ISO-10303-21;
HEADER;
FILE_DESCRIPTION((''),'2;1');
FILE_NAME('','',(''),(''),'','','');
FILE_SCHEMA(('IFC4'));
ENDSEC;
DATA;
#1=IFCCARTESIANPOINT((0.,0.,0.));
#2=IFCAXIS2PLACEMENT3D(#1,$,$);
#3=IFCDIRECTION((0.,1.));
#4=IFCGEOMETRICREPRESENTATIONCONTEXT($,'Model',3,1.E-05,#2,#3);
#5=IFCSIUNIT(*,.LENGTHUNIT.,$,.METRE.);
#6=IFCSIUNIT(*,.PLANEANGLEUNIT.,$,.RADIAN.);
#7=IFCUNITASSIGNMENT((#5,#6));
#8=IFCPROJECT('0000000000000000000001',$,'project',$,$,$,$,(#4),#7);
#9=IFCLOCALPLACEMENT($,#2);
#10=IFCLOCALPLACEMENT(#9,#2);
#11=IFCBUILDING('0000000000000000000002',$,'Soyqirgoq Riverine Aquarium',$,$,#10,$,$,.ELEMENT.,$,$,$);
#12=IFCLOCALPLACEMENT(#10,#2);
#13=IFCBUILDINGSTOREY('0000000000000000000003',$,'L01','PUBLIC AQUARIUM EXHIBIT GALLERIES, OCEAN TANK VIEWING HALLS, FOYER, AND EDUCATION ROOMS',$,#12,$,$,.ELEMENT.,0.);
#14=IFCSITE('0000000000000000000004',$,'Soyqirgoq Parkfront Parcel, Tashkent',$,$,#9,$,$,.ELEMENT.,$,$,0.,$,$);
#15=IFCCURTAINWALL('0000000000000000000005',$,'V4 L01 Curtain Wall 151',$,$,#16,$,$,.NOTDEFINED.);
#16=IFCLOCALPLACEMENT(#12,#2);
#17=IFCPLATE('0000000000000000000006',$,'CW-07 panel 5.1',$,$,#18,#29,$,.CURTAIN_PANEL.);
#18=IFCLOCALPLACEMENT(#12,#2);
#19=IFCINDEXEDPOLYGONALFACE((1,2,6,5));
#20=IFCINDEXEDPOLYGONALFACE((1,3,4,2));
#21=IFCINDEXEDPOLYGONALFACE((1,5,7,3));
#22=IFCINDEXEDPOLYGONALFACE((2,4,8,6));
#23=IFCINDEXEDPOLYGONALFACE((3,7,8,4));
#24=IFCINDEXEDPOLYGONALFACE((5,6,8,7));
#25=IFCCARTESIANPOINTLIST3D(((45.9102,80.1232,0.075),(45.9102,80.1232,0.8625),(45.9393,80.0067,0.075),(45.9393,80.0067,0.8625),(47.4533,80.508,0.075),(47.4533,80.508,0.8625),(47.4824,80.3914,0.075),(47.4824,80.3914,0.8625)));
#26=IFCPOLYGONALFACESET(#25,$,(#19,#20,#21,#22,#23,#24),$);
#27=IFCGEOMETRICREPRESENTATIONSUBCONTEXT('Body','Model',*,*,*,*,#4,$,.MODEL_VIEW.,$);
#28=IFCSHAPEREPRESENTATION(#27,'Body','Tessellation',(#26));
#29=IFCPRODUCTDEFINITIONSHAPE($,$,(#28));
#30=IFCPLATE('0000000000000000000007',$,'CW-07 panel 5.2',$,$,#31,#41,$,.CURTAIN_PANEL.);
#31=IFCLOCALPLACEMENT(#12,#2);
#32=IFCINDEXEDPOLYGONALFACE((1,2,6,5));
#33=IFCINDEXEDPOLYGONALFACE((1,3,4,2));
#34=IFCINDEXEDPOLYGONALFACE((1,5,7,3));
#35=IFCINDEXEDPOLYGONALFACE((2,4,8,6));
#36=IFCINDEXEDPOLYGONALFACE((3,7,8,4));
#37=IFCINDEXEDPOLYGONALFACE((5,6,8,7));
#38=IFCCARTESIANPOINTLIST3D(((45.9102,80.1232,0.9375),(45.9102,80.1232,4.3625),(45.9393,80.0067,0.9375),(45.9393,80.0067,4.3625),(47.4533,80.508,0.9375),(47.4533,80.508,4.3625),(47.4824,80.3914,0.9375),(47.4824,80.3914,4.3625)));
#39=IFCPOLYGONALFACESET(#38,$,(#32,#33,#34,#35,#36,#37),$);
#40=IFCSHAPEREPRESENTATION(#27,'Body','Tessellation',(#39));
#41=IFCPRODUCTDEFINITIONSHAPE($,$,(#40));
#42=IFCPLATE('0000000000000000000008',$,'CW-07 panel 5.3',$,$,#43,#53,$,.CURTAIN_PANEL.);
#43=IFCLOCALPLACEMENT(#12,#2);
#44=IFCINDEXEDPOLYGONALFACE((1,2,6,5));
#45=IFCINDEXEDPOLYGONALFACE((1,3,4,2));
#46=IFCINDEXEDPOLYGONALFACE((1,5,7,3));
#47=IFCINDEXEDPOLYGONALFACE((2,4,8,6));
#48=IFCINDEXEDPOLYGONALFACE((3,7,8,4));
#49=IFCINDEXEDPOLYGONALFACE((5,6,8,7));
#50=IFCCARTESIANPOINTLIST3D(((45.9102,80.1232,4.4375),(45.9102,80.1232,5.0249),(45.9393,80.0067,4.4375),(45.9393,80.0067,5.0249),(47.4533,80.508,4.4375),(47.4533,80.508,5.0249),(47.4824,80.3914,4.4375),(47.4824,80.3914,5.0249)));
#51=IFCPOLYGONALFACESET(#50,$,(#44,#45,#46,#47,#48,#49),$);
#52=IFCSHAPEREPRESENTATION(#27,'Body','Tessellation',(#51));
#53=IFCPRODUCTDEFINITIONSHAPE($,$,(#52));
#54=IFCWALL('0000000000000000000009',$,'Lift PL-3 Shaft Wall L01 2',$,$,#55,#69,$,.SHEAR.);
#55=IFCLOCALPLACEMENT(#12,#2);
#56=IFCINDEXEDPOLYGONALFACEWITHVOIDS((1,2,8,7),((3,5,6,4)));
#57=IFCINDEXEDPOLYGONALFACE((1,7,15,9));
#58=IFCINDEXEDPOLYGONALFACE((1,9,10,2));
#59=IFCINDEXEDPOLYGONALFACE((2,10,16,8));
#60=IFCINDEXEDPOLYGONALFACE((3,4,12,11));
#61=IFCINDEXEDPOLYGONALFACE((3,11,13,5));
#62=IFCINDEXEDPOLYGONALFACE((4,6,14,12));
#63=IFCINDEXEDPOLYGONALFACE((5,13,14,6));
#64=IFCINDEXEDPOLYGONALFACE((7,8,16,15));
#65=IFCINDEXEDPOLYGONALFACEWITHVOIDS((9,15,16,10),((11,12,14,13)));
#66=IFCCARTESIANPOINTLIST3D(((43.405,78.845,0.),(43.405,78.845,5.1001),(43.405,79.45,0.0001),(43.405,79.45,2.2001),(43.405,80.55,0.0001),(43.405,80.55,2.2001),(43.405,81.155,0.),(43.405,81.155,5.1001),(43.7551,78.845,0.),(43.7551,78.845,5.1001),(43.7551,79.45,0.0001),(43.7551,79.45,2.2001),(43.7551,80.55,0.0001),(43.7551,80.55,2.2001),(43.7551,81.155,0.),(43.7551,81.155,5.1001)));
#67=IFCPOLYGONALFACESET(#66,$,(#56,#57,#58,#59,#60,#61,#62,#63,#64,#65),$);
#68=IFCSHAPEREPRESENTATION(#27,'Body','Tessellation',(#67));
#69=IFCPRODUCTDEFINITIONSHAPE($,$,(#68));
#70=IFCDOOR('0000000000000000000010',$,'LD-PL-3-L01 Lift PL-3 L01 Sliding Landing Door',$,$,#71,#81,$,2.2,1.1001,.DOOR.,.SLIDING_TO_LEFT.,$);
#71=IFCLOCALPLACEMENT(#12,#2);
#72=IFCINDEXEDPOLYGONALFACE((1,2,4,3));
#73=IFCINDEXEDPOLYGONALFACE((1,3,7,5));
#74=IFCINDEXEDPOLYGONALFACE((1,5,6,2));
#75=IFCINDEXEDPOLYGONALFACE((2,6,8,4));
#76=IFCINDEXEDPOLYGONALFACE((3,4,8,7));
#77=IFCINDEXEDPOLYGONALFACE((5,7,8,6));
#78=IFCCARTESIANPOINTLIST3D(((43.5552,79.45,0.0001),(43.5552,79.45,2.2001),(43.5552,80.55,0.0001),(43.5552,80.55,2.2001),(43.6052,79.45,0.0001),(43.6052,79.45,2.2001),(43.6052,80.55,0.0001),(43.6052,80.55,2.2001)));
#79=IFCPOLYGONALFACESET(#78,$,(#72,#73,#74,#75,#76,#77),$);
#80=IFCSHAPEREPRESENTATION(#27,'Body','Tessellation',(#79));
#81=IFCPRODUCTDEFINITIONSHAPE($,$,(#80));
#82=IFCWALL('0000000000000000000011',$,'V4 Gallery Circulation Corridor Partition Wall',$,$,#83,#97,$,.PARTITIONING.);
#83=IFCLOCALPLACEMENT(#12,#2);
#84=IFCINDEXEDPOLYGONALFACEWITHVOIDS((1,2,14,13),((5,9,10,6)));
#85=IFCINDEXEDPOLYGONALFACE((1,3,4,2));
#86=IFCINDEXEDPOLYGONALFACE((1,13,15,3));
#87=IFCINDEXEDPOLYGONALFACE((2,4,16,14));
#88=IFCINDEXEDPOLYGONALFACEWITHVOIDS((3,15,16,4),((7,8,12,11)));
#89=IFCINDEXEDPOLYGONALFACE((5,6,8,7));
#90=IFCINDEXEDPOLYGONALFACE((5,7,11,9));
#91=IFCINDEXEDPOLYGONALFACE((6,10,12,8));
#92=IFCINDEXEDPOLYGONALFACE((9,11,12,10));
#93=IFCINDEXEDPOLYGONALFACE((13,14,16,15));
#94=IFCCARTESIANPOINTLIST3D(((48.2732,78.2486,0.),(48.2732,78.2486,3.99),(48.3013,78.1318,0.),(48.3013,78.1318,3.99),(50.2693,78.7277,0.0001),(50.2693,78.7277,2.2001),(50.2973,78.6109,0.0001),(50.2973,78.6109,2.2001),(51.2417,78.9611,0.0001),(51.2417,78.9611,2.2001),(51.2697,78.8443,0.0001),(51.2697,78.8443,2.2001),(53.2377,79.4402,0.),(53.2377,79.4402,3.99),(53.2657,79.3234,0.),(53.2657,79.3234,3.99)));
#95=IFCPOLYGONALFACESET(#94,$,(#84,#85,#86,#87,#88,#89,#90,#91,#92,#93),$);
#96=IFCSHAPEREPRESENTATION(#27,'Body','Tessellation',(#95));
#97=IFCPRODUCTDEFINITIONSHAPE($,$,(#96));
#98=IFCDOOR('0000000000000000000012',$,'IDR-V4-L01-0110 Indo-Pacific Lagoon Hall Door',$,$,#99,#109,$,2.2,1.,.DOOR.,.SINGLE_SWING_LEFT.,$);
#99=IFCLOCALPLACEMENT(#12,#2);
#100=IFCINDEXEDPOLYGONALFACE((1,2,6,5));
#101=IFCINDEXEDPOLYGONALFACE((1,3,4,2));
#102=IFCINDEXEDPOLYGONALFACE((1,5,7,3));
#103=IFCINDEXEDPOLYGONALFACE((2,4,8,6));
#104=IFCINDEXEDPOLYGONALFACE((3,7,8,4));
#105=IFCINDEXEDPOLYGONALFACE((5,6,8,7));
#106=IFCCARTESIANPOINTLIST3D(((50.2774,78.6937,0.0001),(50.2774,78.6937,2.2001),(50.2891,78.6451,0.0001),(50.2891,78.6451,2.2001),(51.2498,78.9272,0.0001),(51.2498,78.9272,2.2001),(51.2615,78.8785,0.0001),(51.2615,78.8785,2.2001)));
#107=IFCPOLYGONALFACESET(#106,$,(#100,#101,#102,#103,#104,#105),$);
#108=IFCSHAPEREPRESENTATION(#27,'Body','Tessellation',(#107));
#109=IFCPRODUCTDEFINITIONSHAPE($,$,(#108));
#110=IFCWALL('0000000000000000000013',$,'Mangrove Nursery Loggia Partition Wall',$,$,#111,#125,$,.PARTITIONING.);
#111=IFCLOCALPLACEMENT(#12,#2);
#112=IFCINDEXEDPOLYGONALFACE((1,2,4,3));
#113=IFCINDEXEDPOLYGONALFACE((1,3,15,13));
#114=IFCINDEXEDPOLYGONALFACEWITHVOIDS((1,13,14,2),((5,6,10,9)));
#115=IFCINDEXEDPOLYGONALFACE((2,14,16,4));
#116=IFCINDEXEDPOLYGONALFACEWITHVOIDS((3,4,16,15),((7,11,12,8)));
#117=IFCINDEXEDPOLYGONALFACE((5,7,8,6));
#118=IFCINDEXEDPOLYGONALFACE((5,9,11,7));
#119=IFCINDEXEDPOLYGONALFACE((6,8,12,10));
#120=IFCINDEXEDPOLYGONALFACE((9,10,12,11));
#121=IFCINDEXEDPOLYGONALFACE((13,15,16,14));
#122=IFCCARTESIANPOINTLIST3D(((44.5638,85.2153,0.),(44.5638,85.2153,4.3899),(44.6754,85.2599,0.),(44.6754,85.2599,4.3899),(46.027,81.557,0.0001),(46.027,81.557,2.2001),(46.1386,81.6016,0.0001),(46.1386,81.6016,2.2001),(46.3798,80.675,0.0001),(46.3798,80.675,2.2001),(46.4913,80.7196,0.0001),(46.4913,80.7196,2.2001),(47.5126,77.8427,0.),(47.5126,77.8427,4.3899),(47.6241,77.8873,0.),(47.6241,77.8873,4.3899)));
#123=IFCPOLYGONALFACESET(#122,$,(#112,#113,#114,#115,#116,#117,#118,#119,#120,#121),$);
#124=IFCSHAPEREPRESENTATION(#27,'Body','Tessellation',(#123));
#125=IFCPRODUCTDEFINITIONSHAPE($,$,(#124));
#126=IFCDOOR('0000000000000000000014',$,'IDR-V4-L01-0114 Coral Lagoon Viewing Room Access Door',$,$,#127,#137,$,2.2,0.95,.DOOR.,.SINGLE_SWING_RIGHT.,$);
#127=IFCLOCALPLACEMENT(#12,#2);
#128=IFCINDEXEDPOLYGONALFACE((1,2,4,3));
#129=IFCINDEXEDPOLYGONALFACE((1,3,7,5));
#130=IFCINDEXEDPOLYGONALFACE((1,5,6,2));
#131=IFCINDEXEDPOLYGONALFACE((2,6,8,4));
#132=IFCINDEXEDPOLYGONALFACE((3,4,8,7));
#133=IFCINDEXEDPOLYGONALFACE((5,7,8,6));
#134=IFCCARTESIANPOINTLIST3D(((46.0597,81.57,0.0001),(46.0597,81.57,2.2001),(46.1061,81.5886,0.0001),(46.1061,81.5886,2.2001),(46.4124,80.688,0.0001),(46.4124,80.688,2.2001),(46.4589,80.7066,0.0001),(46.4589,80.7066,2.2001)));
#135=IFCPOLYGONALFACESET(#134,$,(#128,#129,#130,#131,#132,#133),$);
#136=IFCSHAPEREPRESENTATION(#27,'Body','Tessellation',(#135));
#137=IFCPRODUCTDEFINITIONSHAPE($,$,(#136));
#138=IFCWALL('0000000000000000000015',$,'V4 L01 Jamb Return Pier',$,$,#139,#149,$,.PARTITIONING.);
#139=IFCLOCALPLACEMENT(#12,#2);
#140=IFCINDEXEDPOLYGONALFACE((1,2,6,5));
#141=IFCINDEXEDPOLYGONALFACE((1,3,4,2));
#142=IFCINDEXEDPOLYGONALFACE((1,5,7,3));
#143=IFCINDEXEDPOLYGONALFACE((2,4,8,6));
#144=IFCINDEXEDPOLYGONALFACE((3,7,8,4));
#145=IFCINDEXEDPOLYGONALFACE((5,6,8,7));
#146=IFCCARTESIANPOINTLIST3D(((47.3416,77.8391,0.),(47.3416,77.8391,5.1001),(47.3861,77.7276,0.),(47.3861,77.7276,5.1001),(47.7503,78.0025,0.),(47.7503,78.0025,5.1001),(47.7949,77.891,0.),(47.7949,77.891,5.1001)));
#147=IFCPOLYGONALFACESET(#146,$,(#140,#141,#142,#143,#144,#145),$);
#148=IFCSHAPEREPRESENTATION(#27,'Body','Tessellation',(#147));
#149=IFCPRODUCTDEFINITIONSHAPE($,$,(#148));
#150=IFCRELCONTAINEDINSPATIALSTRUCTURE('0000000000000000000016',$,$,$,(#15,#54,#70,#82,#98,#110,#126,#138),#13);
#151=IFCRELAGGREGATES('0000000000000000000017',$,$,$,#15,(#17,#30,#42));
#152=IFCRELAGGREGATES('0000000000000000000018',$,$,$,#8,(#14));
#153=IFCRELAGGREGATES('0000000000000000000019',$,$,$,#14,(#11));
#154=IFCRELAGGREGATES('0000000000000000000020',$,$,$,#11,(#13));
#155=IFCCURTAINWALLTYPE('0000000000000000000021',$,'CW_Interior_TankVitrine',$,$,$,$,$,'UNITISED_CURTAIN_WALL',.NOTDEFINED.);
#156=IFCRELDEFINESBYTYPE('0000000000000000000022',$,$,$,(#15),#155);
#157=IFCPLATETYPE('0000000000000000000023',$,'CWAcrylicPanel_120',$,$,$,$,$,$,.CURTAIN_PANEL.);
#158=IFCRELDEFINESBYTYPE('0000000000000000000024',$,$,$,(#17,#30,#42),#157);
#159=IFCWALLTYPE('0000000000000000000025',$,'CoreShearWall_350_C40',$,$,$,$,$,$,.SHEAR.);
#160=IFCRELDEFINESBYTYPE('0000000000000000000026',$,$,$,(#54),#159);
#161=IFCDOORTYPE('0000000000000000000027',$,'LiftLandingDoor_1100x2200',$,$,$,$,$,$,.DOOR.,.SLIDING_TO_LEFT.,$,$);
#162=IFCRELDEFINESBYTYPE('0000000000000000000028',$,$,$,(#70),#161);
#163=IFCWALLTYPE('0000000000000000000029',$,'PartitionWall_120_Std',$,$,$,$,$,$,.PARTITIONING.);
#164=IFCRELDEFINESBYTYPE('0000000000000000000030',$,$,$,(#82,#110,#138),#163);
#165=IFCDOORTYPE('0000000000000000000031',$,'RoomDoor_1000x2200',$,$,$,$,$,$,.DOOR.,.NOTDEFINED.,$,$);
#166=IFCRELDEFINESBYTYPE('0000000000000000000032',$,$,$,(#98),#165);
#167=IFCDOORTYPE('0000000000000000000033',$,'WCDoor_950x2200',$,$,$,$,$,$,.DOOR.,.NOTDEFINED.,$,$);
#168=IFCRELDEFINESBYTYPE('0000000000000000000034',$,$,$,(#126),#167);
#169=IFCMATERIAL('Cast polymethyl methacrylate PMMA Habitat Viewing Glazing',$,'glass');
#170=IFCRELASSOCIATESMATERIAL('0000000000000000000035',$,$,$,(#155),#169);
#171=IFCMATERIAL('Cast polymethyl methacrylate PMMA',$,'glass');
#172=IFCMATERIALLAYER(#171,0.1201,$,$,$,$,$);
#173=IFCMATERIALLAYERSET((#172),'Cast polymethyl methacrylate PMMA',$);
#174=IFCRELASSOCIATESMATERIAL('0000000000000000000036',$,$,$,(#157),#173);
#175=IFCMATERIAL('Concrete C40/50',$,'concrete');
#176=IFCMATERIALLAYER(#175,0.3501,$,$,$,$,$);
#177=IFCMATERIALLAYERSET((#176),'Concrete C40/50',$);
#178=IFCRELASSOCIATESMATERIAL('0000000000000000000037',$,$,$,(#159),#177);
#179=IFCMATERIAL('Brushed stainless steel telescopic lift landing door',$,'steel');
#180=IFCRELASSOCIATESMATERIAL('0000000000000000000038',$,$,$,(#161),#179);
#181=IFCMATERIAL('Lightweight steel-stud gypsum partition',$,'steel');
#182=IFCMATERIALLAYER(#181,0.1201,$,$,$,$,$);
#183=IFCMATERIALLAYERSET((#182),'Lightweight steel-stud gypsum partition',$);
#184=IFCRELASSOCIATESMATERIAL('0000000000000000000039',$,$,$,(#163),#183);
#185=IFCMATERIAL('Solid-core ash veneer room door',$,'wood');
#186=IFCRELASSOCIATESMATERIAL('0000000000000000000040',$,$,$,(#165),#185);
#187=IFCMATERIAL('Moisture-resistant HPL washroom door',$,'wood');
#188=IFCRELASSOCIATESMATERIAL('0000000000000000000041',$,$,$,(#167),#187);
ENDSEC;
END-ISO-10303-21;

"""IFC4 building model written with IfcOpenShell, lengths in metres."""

from ifc_helpers import new_model, si_unit, direction, frame, frame_2d, origin, origin_2d, place, context, subcontext, project, spatial, rectangle, extrude, material, layer, layer_set, type_object, element, fill, aggregate, save


model = new_model("IFC4")

# Units and contexts
model_context = context("Model", 3, precision=1e-05, world=origin(), true_north=direction((0.0, 1.0)))
body_context = subcontext(model_context, "Body", "Model", "MODEL_VIEW")
ifc_project = project(units=[si_unit("LENGTHUNIT", "METRE"), si_unit("PLANEANGLEUNIT", "RADIAN")], contexts=[model_context])

# Site, building, storey
site_placement = place(None, origin())
site = spatial("IfcSite", under=ifc_project, at=site_placement, Name="Soyqirgoq Parkfront Parcel, Tashkent", CompositionType="ELEMENT", RefElevation=0.0)
building_placement = place(site_placement, origin())
building = spatial("IfcBuilding", under=site, at=building_placement, Name="Soyqirgoq Riverine Aquarium", CompositionType="ELEMENT")
storey_placement = place(building_placement, origin())
storey = spatial("IfcBuildingStorey", under=building, at=storey_placement, Name="L01", Description="PUBLIC AQUARIUM EXHIBIT GALLERIES, OCEAN TANK VIEWING HALLS, FOYER, AND EDUCATION ROOMS", CompositionType="ELEMENT", Elevation=0.0)

# Curtain wall
ifc_material_1 = material(Name="Cast polymethyl methacrylate PMMA Habitat Viewing Glazing", Category="glass")
curtain_wall_type = type_object("IfcCurtainWallType", Name="CW_Interior_TankVitrine", ElementType="UNITISED_CURTAIN_WALL", PredefinedType="NOTDEFINED", material=ifc_material_1)
curtain_wall_placement = place(storey_placement, origin())
curtain_wall = element("IfcCurtainWall", 1, at=curtain_wall_placement, inside=storey, type_object=curtain_wall_type, Name="V4 L01 Curtain Wall 151", PredefinedType="NOTDEFINED")

# Plates
ifc_material_2 = material(Name="Cast polymethyl methacrylate PMMA", Category="glass")
ifc_layer_1 = layer(ifc_material_2, 0.1201)
ifc_layer_set_1 = layer_set([ifc_layer_1], Name="Cast polymethyl methacrylate PMMA")
plate_type = type_object("IfcPlateType", Name="CWAcrylicPanel_120", PredefinedType="CURTAIN_PANEL", material=ifc_layer_set_1)
plate_1_placement = place(storey_placement, frame((46.6963, 80.2573, 0.075), z_axis=(0.0, 0.0, 1.0), x_axis=(-0.970296, -0.241922, 0.0)))
plate_1 = element("IfcPlate", 2, at=plate_1_placement, type_object=plate_type, Name="CW-07 panel 5.1", PredefinedType="CURTAIN_PANEL", context=body_context, shape_type="SweptSolid", body=[
    extrude(rectangle(XDim=1.5903, YDim=0.1201, at=origin_2d()), origin(), (0.0, 0.0, 1.0), 0.7876),
])
plate_2_placement = place(storey_placement, frame((46.6963, 80.2573, 0.9375), z_axis=(0.0, 0.0, 1.0), x_axis=(-0.970296, -0.241922, 0.0)))
plate_2 = element("IfcPlate", 3, at=plate_2_placement, type_object=plate_type, Name="CW-07 panel 5.2", PredefinedType="CURTAIN_PANEL", context=body_context, shape_type="SweptSolid", body=[
    extrude(rectangle(XDim=1.5903, YDim=0.1201, at=origin_2d()), origin(), (0.0, 0.0, 1.0), 3.425),
])
plate_3_placement = place(storey_placement, frame((46.6963, 80.2573, 4.4375), z_axis=(0.0, 0.0, 1.0), x_axis=(-0.970296, -0.241922, 0.0)))
plate_3 = element("IfcPlate", 4, at=plate_3_placement, type_object=plate_type, Name="CW-07 panel 5.3", PredefinedType="CURTAIN_PANEL", context=body_context, shape_type="SweptSolid", body=[
    extrude(rectangle(XDim=1.5903, YDim=0.1201, at=origin_2d()), origin(), (0.0, 0.0, 1.0), 0.5874),
])
aggregate(curtain_wall, [plate_1, plate_2, plate_3])

# Walls, openings, doors
ifc_material_3 = material(Name="Concrete C40/50", Category="concrete")
ifc_layer_2 = layer(ifc_material_3, 0.3501)
ifc_layer_set_2 = layer_set([ifc_layer_2], Name="Concrete C40/50")
wall_type_1 = type_object("IfcWallType", Name="CoreShearWall_350_C40", PredefinedType="SHEAR", material=ifc_layer_set_2)
wall_1_placement = place(storey_placement, frame((43.5801, 78.845, 0.0), z_axis=(0.0, 0.0, 1.0), x_axis=(0.0, 1.0, 0.0)))
wall_1 = element("IfcWall", 5, at=wall_1_placement, inside=storey, type_object=wall_type_1, Name="Lift PL-3 Shaft Wall L01 2", PredefinedType="SHEAR", context=body_context, shape_type="SweptSolid", body=[
    extrude(rectangle(XDim=2.3101, YDim=0.3501, at=frame_2d((1.155, 0.0))), origin(), (0.0, 0.0, 1.0), 5.1001),
])
opening_1_placement = place(wall_1_placement, frame((0.605, 0.0, 0.0)))
opening_1 = element("IfcOpeningElement", 6, at=opening_1_placement, cuts=wall_1, PredefinedType="OPENING", context=body_context, shape_type="SweptSolid", body=[
    extrude(rectangle(XDim=1.1001, YDim=2.2, at=frame_2d((0.55, 1.1001))), frame((0.0, 0.1851, 0.0), z_axis=(0.0, -1.0, 0.0), x_axis=(1.0, 0.0, 0.0)), (0.0, 0.0, 1.0), 0.3701),
])
ifc_material_4 = material(Name="Brushed stainless steel telescopic lift landing door", Category="steel")
door_type_1 = type_object("IfcDoorType", Name="LiftLandingDoor_1100x2200", OperationType="SLIDING_TO_LEFT", PredefinedType="DOOR", material=ifc_material_4)
door_1_placement = place(opening_1_placement, origin())
door_1 = element("IfcDoor", 7, at=door_1_placement, inside=storey, type_object=door_type_1, Name="LD-PL-3-L01 Lift PL-3 L01 Sliding Landing Door", OperationType="SLIDING_TO_LEFT", OverallHeight=2.2, OverallWidth=1.1001, PredefinedType="DOOR", context=body_context, shape_type="SweptSolid", body=[
    extrude(rectangle(XDim=1.1001, YDim=2.2, at=frame_2d((0.55, 1.1001))), frame((0.0, 0.0249, 0.0), z_axis=(0.0, -1.0, 0.0), x_axis=(1.0, 0.0, 0.0)), (0.0, 0.0, 1.0), 0.05),
])
fill(opening_1, door_1)
ifc_material_5 = material(Name="Lightweight steel-stud gypsum partition", Category="steel")
ifc_layer_3 = layer(ifc_material_5, 0.1201)
ifc_layer_set_3 = layer_set([ifc_layer_3], Name="Lightweight steel-stud gypsum partition")
wall_type_2 = type_object("IfcWallType", Name="PartitionWall_120_Std", PredefinedType="PARTITIONING", material=ifc_layer_set_3)
wall_2_placement = place(storey_placement, frame((53.2517, 79.3818, 0.0), z_axis=(0.0, 0.0, 1.0), x_axis=(-0.972378, -0.233411, 0.0)))
wall_2 = element("IfcWall", 8, at=wall_2_placement, inside=storey, type_object=wall_type_2, Name="V4 Gallery Circulation Corridor Partition Wall", PredefinedType="PARTITIONING", context=body_context, shape_type="SweptSolid", body=[
    extrude(rectangle(XDim=5.1055, YDim=0.1201, at=frame_2d((2.5527, 0.0))), origin(), (0.0, 0.0, 1.0), 3.99),
])
opening_2_placement = place(wall_2_placement, frame((2.0527, 0.0, 0.0)))
opening_2 = element("IfcOpeningElement", 9, at=opening_2_placement, cuts=wall_2, PredefinedType="OPENING", context=body_context, shape_type="SweptSolid", body=[
    extrude(rectangle(XDim=1.0, YDim=2.2, at=frame_2d((0.5, 1.1001))), frame((0.0, 0.0701, 0.0), z_axis=(0.0, -1.0, 0.0), x_axis=(1.0, 0.0, 0.0)), (0.0, 0.0, 1.0), 0.1401),
])
ifc_material_6 = material(Name="Solid-core ash veneer room door", Category="wood")
door_type_2 = type_object("IfcDoorType", Name="RoomDoor_1000x2200", OperationType="NOTDEFINED", PredefinedType="DOOR", material=ifc_material_6)
door_2_placement = place(opening_2_placement, origin())
door_2 = element("IfcDoor", 10, at=door_2_placement, inside=storey, type_object=door_type_2, Name="IDR-V4-L01-0110 Indo-Pacific Lagoon Hall Door", OperationType="SINGLE_SWING_LEFT", OverallHeight=2.2, OverallWidth=1.0, PredefinedType="DOOR", context=body_context, shape_type="SweptSolid", body=[
    extrude(rectangle(XDim=1.0, YDim=2.2, at=frame_2d((0.5, 1.1001))), frame((0.0, 0.0249, 0.0), z_axis=(0.0, -1.0, 0.0), x_axis=(1.0, 0.0, 0.0)), (0.0, 0.0, 1.0), 0.05),
])
fill(opening_2, door_2)
wall_3_placement = place(storey_placement, frame((47.5684, 77.865, 0.0), z_axis=(0.0, 0.0, 1.0), x_axis=(-0.371359, 0.928489, 0.0)))
wall_3 = element("IfcWall", 11, at=wall_3_placement, inside=storey, type_object=wall_type_2, Name="Mangrove Nursery Loggia Partition Wall", PredefinedType="PARTITIONING", context=body_context, shape_type="SweptSolid", body=[
    extrude(rectangle(XDim=7.9404, YDim=0.1201, at=frame_2d((3.9702, 0.0))), origin(), (0.0, 0.0, 1.0), 4.3899),
])
opening_3_placement = place(wall_3_placement, frame((3.0503, 0.0, 0.0)))
opening_3 = element("IfcOpeningElement", 12, at=opening_3_placement, cuts=wall_3, PredefinedType="OPENING", context=body_context, shape_type="SweptSolid", body=[
    extrude(rectangle(XDim=0.95, YDim=2.2, at=frame_2d((0.4751, 1.1001))), frame((0.0, 0.0701, 0.0), z_axis=(0.0, -1.0, 0.0), x_axis=(1.0, 0.0, 0.0)), (0.0, 0.0, 1.0), 0.1401),
])
ifc_material_7 = material(Name="Moisture-resistant HPL washroom door", Category="wood")
door_type_3 = type_object("IfcDoorType", Name="WCDoor_950x2200", OperationType="NOTDEFINED", PredefinedType="DOOR", material=ifc_material_7)
door_3_placement = place(opening_3_placement, origin())
door_3 = element("IfcDoor", 13, at=door_3_placement, inside=storey, type_object=door_type_3, Name="IDR-V4-L01-0114 Coral Lagoon Viewing Room Access Door", OperationType="SINGLE_SWING_RIGHT", OverallHeight=2.2, OverallWidth=0.95, PredefinedType="DOOR", context=body_context, shape_type="SweptSolid", body=[
    extrude(rectangle(XDim=0.95, YDim=2.2, at=frame_2d((0.4751, 1.1001))), frame((0.0, 0.0249, 0.0), z_axis=(0.0, -1.0, 0.0), x_axis=(1.0, 0.0, 0.0)), (0.0, 0.0, 1.0), 0.05),
])
fill(opening_3, door_3)

# Wall
wall_4_placement = place(storey_placement, frame((47.7727, 77.9468, 0.0), z_axis=(0.0, 0.0, 1.0), x_axis=(-0.928591, -0.371104, 0.0)))
element("IfcWall", 14, at=wall_4_placement, inside=storey, type_object=wall_type_2, Name="V4 L01 Jamb Return Pier", PredefinedType="PARTITIONING", context=body_context, shape_type="SweptSolid", body=[
    extrude(rectangle(XDim=0.4402, YDim=0.1201, at=frame_2d((0.2202, 0.0))), origin(), (0.0, 0.0, 1.0), 5.1001),
])

save(model, "model.ifc")
